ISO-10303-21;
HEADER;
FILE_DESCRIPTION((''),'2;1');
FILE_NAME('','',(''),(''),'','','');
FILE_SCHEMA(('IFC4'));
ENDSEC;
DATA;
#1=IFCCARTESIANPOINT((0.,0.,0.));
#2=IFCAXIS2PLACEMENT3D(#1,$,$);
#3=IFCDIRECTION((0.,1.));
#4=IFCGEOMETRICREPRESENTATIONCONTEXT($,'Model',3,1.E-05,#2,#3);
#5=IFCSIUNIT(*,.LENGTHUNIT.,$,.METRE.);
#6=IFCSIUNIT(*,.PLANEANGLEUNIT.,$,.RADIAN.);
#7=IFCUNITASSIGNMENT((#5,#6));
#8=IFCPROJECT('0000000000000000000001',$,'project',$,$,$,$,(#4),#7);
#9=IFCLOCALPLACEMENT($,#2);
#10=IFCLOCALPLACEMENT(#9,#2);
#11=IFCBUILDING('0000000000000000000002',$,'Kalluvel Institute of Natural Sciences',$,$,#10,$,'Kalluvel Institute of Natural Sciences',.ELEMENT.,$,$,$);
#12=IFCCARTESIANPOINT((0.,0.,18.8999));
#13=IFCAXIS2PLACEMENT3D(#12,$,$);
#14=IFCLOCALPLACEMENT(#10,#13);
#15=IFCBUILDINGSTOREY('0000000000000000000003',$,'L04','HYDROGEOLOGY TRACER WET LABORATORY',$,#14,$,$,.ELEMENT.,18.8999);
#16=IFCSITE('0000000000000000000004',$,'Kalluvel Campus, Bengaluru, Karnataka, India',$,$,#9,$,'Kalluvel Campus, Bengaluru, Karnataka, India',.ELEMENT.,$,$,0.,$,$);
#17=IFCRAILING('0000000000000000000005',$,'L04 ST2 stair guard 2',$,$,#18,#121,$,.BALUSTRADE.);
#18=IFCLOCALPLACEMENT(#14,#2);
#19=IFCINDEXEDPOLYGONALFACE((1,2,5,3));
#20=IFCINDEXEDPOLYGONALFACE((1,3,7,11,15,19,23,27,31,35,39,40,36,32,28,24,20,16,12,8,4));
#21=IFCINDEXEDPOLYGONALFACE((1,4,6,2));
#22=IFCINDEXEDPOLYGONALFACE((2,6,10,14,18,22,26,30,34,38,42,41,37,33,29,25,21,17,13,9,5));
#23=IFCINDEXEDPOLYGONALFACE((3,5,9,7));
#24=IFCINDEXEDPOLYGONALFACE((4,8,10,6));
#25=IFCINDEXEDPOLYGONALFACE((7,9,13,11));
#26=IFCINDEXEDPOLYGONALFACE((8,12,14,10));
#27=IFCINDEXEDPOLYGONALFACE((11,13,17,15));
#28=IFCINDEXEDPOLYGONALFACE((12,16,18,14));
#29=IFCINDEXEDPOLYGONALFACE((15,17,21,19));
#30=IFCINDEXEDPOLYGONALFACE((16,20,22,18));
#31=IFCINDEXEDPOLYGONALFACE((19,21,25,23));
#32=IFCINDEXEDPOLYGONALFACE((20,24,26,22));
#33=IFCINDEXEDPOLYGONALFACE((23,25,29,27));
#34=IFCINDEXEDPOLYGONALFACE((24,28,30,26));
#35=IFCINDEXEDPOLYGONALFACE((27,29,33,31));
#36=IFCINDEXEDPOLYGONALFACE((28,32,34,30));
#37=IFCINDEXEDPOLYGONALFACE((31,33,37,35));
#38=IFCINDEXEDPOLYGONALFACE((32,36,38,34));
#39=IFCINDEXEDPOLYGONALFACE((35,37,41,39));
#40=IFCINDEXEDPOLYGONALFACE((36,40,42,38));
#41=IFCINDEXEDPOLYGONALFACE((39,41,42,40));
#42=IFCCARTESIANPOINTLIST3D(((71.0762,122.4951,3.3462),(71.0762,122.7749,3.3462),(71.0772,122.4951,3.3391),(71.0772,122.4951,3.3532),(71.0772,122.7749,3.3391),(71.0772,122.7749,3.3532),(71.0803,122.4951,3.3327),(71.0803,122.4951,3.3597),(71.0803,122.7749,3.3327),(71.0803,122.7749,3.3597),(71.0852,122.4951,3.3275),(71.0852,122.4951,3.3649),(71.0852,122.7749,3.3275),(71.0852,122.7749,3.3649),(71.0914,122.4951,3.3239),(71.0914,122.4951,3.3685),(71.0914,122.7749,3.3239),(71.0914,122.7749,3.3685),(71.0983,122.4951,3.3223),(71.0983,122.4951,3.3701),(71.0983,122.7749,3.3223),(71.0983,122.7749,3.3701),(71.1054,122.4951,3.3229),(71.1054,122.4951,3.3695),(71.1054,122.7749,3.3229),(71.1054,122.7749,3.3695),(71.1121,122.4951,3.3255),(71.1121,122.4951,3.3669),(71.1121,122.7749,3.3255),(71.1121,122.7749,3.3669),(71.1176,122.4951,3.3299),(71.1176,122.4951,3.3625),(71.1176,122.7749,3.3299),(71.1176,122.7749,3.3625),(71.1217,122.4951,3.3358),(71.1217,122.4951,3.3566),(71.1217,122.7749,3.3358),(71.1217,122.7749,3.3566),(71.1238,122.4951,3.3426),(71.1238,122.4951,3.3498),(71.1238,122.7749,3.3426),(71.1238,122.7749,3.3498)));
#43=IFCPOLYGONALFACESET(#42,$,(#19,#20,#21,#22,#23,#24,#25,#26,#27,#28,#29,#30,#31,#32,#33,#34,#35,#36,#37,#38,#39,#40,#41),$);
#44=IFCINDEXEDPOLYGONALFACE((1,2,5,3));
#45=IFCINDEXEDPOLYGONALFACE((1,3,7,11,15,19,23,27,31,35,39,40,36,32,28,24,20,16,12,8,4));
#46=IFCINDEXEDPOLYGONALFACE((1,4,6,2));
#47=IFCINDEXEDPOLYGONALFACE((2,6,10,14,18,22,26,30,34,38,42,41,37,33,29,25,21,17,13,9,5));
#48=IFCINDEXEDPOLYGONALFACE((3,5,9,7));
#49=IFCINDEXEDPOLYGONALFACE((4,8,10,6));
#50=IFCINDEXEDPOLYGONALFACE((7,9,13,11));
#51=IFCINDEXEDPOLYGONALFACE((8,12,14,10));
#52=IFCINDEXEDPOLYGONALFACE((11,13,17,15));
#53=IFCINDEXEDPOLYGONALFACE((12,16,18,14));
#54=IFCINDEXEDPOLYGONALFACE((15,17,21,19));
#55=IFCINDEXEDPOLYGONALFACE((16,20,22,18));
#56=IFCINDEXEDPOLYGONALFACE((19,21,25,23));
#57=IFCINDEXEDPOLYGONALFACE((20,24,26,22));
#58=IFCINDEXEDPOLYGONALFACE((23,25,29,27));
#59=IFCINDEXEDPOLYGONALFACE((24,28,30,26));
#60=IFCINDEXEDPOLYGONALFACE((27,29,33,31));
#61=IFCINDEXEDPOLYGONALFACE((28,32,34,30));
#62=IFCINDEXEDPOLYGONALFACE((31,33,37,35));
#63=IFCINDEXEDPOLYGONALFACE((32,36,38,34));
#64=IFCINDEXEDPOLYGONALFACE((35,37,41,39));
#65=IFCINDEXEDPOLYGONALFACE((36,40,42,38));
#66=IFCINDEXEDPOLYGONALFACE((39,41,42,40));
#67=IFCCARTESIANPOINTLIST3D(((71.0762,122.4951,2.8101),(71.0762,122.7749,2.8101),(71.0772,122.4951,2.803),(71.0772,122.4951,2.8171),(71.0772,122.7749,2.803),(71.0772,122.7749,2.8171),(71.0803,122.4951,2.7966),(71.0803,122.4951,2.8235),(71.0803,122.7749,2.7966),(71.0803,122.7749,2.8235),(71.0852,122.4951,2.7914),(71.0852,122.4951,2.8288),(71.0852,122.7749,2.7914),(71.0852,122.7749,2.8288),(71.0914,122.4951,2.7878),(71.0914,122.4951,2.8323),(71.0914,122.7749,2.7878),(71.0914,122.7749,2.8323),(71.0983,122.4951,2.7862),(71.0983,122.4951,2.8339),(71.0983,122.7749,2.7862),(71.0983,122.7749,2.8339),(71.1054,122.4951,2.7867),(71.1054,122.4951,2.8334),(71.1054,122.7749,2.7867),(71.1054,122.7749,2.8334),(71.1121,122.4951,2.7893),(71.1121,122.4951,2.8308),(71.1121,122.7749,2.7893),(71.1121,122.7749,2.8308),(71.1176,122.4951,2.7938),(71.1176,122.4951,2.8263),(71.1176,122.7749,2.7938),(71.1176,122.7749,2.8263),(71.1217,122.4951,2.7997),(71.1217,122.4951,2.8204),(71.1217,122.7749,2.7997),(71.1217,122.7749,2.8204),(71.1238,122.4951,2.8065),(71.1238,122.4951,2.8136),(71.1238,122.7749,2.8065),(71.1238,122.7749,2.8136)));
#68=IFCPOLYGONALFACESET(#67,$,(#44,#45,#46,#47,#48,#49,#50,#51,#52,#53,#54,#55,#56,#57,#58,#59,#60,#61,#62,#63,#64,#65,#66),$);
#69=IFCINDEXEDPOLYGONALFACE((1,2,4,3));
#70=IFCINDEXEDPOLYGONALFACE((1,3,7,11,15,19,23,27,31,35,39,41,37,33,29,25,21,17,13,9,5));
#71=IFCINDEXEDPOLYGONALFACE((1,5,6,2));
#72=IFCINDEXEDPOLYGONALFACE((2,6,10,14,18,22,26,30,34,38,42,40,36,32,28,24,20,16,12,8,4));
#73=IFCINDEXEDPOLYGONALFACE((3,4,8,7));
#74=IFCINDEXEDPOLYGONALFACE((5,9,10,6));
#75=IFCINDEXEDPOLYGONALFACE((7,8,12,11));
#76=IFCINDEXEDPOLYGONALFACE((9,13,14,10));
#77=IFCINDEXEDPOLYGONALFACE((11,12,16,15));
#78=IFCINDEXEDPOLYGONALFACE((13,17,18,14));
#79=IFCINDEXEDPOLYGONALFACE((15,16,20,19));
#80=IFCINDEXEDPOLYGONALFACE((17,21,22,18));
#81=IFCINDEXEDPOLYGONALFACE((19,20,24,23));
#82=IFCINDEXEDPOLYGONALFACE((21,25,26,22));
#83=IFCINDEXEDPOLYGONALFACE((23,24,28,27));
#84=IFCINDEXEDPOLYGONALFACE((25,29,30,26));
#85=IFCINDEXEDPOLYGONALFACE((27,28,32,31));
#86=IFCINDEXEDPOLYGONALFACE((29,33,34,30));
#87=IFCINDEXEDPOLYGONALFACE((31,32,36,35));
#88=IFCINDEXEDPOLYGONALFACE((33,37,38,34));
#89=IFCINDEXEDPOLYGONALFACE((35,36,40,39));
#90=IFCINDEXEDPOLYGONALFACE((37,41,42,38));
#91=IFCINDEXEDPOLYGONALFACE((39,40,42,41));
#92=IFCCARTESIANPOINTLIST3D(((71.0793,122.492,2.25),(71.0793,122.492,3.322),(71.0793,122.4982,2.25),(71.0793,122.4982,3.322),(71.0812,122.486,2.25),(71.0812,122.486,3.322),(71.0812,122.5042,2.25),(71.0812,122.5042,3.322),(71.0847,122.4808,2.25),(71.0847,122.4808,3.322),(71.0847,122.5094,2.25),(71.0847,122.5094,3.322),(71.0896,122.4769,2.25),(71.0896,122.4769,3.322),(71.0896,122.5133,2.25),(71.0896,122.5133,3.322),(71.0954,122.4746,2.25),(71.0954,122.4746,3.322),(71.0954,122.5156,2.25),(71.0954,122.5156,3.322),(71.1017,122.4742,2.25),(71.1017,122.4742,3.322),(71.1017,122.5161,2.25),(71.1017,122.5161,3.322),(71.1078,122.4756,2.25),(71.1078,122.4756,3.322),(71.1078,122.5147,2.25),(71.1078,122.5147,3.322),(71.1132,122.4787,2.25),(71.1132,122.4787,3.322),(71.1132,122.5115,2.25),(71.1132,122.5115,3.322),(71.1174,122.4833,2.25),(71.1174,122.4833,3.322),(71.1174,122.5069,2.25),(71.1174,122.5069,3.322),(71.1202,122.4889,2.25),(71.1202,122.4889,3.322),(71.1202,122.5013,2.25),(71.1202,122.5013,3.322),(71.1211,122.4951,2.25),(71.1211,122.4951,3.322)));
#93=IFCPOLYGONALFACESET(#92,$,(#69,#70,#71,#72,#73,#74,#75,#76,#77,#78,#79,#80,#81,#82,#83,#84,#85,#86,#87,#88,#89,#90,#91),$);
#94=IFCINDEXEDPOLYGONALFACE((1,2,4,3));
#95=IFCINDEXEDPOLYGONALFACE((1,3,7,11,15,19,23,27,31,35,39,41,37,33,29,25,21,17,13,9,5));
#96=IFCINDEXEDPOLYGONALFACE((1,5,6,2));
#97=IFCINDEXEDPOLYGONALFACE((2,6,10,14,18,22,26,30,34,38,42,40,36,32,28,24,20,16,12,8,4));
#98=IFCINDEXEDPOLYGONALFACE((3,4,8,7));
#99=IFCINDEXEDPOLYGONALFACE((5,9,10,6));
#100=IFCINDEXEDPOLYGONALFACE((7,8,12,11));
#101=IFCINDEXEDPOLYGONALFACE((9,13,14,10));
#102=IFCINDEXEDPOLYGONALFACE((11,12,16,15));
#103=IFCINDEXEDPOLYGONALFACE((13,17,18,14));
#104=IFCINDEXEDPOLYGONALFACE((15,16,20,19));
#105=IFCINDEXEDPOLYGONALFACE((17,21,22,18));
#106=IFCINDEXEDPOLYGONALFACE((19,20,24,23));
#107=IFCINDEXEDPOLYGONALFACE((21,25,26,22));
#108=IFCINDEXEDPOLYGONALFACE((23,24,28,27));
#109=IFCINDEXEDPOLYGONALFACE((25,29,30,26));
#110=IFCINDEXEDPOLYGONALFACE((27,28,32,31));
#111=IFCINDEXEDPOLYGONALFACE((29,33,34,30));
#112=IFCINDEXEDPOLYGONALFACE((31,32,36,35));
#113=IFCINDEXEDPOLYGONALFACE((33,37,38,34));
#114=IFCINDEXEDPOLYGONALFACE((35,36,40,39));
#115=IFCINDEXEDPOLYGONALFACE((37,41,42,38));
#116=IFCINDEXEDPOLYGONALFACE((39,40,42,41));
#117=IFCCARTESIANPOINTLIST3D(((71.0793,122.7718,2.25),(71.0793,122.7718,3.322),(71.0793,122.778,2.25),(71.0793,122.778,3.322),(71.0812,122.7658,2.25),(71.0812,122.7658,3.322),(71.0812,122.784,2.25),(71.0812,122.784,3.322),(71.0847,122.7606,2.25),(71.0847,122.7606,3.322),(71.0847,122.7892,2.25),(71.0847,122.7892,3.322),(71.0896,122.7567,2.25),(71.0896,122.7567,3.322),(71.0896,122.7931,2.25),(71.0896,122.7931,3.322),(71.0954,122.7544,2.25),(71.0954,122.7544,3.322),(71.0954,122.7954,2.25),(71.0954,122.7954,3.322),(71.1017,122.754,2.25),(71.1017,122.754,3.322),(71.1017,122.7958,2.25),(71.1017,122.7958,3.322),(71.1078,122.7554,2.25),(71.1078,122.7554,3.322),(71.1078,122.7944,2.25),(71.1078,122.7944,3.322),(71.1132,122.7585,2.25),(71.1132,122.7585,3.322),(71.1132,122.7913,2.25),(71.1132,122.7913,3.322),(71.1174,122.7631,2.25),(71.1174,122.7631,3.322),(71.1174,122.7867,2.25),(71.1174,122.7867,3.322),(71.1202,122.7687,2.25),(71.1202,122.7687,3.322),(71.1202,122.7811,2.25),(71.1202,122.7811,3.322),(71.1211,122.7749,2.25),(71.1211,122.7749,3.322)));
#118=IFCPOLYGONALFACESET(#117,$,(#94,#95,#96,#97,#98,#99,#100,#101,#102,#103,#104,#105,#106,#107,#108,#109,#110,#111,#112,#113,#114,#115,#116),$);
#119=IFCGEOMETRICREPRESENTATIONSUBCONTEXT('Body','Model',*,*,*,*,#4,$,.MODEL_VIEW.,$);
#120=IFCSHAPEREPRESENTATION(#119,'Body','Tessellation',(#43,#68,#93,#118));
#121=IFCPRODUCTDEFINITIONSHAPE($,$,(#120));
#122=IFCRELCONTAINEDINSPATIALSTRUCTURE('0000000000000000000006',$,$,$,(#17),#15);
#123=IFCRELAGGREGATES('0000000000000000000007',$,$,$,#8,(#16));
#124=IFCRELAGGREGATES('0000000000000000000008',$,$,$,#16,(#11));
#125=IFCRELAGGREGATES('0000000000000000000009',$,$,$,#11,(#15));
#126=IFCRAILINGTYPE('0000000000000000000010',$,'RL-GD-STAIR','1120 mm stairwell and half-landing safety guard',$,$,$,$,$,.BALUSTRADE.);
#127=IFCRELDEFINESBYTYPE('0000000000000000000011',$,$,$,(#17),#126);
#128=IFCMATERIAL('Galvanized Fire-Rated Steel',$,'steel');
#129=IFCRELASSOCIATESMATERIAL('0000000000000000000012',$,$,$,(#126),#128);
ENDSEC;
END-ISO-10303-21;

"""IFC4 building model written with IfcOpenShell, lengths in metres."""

from ifc_helpers import new_model, si_unit, direction, frame, origin, origin_2d, place, context, subcontext, project, spatial, circle, extrude, material, type_object, element, save


model = new_model("IFC4")

# Units and contexts
model_context = context("Model", 3, precision=1e-05, world=origin(), true_north=direction((0.0, 1.0)))
body_context = subcontext(model_context, "Body", "Model", "MODEL_VIEW")
ifc_project = project(units=[si_unit("LENGTHUNIT", "METRE"), si_unit("PLANEANGLEUNIT", "RADIAN")], contexts=[model_context])

# Site, building, storey
site_placement = place(None, origin())
site = spatial("IfcSite", under=ifc_project, at=site_placement, Name="Kalluvel Campus, Bengaluru, Karnataka, India", LongName="Kalluvel Campus, Bengaluru, Karnataka, India", CompositionType="ELEMENT", RefElevation=0.0)
building_placement = place(site_placement, origin())
building = spatial("IfcBuilding", under=site, at=building_placement, Name="Kalluvel Institute of Natural Sciences", LongName="Kalluvel Institute of Natural Sciences", CompositionType="ELEMENT")
storey_placement = place(building_placement, frame((0.0, 0.0, 18.8999)))
storey = spatial("IfcBuildingStorey", under=building, at=storey_placement, Name="L04", Description="HYDROGEOLOGY TRACER WET LABORATORY", CompositionType="ELEMENT", Elevation=18.8999)

# Shared definitions
ifc_material_1 = material(Name="Galvanized Fire-Rated Steel", Category="steel")

# Railing
railing_type_1 = type_object("IfcRailingType", Name="RL-GD-STAIR", Description="1120 mm stairwell and half-landing safety guard", PredefinedType="BALUSTRADE", material=ifc_material_1)
railing_1_placement = place(storey_placement, frame((71.1001, 122.4951, 2.25)))
element("IfcRailing", 1, at=railing_1_placement, inside=storey, type_object=railing_type_1, Name="L04 ST2 stair guard 2", PredefinedType="BALUSTRADE", context=body_context, shape_type="SweptSolid", body=[
    extrude(circle(Radius=0.0239, at=origin_2d()), frame((0.0, 0.0, 1.0962), z_axis=(0.0, 1.0, 0.0), x_axis=(-1.0, 0.0, 0.0)), (0.0, 0.0, 1.0), 0.2798),
    extrude(circle(Radius=0.0239, at=origin_2d()), frame((0.0, 0.0, 0.5601), z_axis=(0.0, 1.0, 0.0), x_axis=(-1.0, 0.0, 0.0)), (0.0, 0.0, 1.0), 0.2798),
    extrude(circle(Radius=0.021, at=origin_2d()), origin(), (0.0, 0.0, 1.0), 1.072),
    extrude(circle(Radius=0.021, at=origin_2d()), frame((0.0, 0.2798, 0.0)), (0.0, 0.0, 1.0), 1.072),
])

save(model, "model.ifc")
